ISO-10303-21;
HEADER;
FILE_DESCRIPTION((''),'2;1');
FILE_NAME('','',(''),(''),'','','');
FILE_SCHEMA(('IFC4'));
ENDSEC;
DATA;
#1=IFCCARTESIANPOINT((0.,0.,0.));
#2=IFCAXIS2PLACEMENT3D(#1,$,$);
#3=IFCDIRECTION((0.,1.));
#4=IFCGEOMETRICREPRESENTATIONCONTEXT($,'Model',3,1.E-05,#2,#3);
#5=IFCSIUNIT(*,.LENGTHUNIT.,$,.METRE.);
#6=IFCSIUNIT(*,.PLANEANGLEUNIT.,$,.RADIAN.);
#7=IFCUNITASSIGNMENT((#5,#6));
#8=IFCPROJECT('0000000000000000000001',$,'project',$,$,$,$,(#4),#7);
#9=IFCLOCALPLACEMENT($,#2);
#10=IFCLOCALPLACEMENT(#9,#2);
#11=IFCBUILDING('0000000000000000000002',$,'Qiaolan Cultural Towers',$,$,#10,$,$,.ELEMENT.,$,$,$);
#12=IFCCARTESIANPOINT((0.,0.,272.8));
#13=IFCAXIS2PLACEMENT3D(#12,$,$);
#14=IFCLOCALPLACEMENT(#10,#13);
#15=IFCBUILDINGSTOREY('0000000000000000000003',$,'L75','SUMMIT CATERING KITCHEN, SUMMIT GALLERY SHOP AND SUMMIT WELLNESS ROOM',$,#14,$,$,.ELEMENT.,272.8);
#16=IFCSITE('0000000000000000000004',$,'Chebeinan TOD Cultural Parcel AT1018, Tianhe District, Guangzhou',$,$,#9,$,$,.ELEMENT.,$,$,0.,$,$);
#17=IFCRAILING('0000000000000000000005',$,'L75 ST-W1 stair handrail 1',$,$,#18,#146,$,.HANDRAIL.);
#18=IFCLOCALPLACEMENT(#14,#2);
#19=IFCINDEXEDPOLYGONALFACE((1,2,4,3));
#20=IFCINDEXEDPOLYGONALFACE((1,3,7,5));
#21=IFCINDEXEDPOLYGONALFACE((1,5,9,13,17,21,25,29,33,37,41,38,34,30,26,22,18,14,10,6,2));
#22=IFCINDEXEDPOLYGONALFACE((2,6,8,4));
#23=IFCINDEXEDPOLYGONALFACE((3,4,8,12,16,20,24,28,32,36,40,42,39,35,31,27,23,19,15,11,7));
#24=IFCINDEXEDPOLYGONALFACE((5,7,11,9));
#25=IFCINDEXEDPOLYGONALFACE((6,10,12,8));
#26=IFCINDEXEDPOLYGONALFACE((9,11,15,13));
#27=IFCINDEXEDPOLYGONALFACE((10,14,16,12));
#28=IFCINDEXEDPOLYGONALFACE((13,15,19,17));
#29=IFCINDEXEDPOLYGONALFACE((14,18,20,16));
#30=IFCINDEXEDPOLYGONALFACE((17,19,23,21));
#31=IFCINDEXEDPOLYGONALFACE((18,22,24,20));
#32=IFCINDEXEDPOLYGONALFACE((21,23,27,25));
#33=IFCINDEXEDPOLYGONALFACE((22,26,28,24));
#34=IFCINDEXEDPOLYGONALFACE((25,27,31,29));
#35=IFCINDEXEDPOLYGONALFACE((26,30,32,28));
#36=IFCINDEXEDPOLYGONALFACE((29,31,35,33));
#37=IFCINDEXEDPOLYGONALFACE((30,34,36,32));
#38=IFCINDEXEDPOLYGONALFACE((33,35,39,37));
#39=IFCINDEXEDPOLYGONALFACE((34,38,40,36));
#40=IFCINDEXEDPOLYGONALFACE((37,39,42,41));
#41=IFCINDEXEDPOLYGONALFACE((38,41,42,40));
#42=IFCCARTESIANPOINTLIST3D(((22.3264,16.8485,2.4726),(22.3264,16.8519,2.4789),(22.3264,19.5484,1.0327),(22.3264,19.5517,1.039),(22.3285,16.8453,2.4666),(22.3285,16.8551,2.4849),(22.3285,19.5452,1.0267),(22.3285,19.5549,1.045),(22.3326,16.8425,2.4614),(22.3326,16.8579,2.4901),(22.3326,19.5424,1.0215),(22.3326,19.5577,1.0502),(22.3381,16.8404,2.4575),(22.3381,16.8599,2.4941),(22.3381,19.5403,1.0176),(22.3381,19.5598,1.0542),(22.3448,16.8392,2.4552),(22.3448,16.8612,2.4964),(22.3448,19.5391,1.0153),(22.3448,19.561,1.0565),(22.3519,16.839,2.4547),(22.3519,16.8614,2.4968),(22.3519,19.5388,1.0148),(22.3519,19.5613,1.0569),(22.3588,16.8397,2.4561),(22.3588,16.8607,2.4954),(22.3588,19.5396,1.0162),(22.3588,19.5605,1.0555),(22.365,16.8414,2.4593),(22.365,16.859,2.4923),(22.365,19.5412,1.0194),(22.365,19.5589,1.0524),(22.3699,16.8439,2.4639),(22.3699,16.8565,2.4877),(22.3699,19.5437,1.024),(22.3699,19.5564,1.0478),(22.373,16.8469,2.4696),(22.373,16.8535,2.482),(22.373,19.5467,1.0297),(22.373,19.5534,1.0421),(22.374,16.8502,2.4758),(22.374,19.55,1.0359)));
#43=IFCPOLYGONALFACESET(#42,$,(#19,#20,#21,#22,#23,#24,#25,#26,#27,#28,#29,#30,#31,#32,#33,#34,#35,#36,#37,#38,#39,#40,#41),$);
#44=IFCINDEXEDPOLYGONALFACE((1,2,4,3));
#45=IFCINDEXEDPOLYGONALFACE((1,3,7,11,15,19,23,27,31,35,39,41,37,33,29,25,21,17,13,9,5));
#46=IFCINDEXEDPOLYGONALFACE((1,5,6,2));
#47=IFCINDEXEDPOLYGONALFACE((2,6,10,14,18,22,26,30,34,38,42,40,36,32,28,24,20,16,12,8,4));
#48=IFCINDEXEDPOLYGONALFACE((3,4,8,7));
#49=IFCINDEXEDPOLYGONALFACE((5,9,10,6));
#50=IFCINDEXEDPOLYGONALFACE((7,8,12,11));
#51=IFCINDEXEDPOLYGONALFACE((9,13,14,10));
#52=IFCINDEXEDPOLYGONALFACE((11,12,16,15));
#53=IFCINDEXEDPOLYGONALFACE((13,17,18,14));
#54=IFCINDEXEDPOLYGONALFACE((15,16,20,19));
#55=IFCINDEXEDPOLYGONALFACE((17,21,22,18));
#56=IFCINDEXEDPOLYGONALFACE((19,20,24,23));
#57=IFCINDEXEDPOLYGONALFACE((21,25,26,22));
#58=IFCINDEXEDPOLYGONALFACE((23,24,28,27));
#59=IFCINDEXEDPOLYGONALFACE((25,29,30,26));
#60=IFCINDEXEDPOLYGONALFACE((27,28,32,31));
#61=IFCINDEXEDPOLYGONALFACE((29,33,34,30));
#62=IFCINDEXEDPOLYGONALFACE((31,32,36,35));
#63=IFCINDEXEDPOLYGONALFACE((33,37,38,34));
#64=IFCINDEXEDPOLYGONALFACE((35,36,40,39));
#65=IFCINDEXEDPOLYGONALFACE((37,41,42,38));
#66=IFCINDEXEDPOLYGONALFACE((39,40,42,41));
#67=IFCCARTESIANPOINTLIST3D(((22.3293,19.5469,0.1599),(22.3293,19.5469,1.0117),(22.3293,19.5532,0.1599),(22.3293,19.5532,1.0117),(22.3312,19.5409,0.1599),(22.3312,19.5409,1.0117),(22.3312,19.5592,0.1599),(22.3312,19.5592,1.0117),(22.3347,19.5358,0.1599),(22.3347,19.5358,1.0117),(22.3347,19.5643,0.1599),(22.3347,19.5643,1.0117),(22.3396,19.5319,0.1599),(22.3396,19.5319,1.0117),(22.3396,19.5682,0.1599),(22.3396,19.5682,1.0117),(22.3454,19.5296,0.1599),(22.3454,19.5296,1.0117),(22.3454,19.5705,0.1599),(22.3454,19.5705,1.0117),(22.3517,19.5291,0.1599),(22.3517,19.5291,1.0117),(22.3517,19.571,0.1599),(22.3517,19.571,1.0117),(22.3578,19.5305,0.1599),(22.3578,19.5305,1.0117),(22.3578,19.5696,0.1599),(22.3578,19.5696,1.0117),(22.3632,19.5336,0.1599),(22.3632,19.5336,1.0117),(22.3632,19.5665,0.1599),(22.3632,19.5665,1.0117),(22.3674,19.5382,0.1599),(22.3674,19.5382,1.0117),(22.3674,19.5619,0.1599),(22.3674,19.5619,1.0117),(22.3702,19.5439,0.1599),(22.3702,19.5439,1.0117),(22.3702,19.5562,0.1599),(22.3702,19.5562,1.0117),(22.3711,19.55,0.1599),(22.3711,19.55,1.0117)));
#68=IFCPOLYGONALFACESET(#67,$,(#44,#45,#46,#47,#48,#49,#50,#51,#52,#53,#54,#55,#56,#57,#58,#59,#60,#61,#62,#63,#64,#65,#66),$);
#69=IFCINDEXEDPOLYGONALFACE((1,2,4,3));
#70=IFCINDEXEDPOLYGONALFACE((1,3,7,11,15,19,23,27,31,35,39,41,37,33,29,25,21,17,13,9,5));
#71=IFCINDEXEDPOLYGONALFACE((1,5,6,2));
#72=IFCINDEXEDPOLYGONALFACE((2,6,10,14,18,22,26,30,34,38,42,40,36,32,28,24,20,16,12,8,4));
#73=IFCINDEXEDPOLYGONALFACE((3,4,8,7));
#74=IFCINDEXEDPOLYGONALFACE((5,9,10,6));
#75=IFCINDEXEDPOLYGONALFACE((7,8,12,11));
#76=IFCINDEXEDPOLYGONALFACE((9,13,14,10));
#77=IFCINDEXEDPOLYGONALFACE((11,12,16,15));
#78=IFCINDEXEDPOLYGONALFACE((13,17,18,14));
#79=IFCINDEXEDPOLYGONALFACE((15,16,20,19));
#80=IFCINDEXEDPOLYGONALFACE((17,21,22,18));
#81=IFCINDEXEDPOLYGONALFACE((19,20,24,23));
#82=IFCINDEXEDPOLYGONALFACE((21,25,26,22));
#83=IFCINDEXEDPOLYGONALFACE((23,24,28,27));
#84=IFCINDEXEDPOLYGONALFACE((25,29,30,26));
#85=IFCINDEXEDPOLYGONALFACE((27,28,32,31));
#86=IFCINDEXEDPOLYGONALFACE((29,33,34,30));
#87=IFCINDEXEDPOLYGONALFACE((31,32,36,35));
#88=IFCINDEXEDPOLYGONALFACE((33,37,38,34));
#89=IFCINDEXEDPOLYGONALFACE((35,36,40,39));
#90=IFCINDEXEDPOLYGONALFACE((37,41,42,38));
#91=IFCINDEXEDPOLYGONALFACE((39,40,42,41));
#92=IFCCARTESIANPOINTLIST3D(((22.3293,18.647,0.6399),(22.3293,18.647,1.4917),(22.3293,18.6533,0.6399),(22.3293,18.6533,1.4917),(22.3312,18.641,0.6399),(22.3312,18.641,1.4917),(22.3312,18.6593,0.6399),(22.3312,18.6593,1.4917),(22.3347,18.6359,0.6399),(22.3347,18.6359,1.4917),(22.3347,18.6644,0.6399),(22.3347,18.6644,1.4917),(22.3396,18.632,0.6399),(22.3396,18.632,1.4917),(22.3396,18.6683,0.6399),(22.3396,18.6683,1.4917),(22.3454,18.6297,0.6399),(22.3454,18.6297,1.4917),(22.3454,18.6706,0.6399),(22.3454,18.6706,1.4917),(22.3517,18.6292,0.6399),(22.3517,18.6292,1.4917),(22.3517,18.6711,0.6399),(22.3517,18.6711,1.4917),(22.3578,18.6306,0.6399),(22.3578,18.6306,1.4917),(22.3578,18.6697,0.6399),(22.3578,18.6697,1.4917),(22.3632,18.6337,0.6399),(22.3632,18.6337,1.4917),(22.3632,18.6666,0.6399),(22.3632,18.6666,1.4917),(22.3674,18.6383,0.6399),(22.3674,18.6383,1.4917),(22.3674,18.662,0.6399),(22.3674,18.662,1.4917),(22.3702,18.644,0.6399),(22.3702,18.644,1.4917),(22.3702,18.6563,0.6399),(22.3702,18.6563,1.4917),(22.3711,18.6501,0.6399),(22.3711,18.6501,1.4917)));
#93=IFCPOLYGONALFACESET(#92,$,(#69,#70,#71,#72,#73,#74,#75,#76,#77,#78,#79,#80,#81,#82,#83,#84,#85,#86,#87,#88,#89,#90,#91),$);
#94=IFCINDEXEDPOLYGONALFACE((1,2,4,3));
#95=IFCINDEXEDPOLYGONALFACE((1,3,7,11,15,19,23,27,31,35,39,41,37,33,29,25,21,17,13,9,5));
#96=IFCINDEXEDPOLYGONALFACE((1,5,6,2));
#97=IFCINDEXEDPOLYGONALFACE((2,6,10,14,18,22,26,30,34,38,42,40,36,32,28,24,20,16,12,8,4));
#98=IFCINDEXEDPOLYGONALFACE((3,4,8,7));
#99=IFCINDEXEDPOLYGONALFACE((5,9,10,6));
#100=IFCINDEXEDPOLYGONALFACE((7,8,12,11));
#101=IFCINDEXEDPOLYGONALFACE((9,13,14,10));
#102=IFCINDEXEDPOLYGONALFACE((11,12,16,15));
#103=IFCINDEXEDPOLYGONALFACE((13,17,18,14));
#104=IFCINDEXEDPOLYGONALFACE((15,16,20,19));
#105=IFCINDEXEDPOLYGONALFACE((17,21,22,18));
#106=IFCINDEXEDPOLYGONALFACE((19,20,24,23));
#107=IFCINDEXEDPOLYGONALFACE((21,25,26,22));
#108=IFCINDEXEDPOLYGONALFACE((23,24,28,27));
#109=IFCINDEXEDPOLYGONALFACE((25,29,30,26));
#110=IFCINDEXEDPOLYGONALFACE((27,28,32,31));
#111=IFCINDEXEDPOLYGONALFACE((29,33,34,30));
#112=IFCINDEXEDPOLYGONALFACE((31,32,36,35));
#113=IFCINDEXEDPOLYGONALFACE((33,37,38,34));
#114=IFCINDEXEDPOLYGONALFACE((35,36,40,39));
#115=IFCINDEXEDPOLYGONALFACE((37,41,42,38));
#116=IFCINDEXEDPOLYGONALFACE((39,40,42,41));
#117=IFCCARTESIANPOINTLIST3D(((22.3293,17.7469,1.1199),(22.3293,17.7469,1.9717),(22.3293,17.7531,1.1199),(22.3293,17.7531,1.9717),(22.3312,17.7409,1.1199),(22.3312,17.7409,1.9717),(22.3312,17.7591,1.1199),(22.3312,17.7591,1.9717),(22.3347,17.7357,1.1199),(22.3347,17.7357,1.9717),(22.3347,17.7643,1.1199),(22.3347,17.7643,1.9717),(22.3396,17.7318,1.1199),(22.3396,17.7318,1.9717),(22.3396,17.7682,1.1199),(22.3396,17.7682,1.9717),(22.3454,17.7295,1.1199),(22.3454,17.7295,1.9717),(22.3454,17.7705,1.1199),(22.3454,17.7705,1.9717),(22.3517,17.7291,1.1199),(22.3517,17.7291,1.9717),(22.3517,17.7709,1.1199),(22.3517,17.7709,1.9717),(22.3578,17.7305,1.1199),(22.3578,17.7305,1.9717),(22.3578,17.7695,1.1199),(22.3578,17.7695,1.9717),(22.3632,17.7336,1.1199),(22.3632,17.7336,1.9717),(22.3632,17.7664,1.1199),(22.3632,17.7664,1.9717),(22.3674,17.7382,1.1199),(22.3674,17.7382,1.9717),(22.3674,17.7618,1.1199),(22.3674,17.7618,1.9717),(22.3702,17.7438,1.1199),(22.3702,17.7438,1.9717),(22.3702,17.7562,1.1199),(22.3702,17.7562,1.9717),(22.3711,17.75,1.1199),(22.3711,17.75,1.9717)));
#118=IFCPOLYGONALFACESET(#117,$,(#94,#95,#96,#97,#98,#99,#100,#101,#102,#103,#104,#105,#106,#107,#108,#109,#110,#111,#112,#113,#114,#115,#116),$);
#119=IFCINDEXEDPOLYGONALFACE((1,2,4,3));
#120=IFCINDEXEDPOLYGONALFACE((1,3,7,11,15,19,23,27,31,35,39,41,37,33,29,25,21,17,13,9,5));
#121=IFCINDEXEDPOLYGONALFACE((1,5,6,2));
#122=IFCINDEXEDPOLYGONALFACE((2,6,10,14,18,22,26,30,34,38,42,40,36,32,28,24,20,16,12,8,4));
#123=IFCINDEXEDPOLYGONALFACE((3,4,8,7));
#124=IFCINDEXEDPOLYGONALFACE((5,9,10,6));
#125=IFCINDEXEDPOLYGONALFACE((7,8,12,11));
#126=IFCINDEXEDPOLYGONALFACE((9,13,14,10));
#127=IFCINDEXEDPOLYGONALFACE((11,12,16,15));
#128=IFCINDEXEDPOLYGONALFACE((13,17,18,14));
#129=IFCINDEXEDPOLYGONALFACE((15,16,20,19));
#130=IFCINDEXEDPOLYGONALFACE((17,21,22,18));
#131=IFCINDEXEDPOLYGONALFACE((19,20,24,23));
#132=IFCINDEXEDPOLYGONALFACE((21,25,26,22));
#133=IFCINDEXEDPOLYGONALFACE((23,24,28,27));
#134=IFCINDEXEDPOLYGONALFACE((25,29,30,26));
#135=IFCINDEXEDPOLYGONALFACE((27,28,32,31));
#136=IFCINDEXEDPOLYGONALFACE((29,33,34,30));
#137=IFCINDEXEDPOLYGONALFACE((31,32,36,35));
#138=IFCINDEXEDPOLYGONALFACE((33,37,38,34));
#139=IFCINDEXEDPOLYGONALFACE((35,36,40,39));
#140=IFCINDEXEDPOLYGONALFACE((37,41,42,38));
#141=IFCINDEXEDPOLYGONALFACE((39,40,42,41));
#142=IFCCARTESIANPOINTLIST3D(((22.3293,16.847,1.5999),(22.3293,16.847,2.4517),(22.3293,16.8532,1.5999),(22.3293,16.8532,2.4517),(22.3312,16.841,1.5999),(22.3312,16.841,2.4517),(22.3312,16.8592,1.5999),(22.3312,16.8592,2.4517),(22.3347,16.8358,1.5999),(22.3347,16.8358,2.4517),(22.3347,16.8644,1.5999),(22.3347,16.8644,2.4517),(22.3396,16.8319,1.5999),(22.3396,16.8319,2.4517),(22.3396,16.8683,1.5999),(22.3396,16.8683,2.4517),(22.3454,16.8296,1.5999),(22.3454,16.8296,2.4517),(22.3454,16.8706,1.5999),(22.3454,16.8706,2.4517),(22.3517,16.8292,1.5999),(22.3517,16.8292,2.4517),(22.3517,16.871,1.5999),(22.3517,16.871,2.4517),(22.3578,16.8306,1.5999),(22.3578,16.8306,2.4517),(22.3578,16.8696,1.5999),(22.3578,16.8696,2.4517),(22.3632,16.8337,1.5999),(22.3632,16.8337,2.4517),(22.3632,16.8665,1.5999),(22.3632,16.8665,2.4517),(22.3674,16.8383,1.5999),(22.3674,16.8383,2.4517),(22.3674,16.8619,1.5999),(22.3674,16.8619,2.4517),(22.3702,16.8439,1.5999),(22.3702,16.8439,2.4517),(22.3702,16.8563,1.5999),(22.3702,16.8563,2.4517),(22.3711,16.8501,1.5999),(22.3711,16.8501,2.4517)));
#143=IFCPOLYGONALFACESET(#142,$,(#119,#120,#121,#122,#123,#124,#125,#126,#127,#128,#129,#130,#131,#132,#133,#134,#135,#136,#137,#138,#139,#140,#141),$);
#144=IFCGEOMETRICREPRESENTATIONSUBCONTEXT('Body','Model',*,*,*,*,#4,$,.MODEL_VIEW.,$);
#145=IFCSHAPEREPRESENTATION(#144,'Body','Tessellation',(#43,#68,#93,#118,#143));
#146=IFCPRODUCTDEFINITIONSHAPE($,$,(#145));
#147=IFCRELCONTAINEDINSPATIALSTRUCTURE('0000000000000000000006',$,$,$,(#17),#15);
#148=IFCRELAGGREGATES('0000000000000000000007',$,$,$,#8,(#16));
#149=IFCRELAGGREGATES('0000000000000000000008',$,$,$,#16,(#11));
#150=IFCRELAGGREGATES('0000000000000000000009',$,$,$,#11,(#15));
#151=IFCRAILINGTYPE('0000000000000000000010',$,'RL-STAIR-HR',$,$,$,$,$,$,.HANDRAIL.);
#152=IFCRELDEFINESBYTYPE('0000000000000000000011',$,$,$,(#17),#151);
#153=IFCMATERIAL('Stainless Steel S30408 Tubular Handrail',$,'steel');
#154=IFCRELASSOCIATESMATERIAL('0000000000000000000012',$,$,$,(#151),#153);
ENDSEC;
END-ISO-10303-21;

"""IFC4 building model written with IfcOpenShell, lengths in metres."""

from ifc_helpers import new_model, si_unit, direction, frame, origin, origin_2d, place, context, subcontext, project, spatial, circle, extrude, material, type_object, element, save


model = new_model("IFC4")

# Units and contexts
model_context = context("Model", 3, precision=1e-05, world=origin(), true_north=direction((0.0, 1.0)))
body_context = subcontext(model_context, "Body", "Model", "MODEL_VIEW")
ifc_project = project(units=[si_unit("LENGTHUNIT", "METRE"), si_unit("PLANEANGLEUNIT", "RADIAN")], contexts=[model_context])

# Site, building, storey
site_placement = place(None, origin())
site = spatial("IfcSite", under=ifc_project, at=site_placement, Name="Chebeinan TOD Cultural Parcel AT1018, Tianhe District, Guangzhou", CompositionType="ELEMENT", RefElevation=0.0)
building_placement = place(site_placement, origin())
building = spatial("IfcBuilding", under=site, at=building_placement, Name="Qiaolan Cultural Towers", CompositionType="ELEMENT")
storey_placement = place(building_placement, frame((0.0, 0.0, 272.8)))
storey = spatial("IfcBuildingStorey", under=building, at=storey_placement, Name="L75", Description="SUMMIT CATERING KITCHEN, SUMMIT GALLERY SHOP AND SUMMIT WELLNESS ROOM", CompositionType="ELEMENT", Elevation=272.8)

# Railing
ifc_material_1 = material(Name="Stainless Steel S30408 Tubular Handrail", Category="steel")
railing_type_1 = type_object("IfcRailingType", Name="RL-STAIR-HR", PredefinedType="HANDRAIL", material=ifc_material_1)
railing_1_placement = place(storey_placement, frame((22.3501, 19.55, 0.1599)))
element("IfcRailing", 1, at=railing_1_placement, inside=storey, type_object=railing_type_1, Name="L75 ST-W1 stair handrail 1", PredefinedType="HANDRAIL", context=body_context, shape_type="SweptSolid", body=[
    extrude(circle(Radius=0.0239, at=origin_2d()), frame((0.0, 0.0, 0.876), z_axis=(0.0, -0.882357, 0.47058), x_axis=(1.0, 0.0, 0.0)), (0.0, 0.0, 1.0), 3.0598),
    extrude(circle(Radius=0.021, at=origin_2d()), origin(), (0.0, 0.0, 1.0), 0.8518),
    extrude(circle(Radius=0.021, at=origin_2d()), frame((0.0, -0.8999, 0.48)), (0.0, 0.0, 1.0), 0.8518),
    extrude(circle(Radius=0.021, at=origin_2d()), frame((0.0, -1.8, 0.96)), (0.0, 0.0, 1.0), 0.8518),
    extrude(circle(Radius=0.021, at=origin_2d()), frame((0.0, -2.7, 1.4399)), (0.0, 0.0, 1.0), 0.8518),
])

save(model, "model.ifc")
